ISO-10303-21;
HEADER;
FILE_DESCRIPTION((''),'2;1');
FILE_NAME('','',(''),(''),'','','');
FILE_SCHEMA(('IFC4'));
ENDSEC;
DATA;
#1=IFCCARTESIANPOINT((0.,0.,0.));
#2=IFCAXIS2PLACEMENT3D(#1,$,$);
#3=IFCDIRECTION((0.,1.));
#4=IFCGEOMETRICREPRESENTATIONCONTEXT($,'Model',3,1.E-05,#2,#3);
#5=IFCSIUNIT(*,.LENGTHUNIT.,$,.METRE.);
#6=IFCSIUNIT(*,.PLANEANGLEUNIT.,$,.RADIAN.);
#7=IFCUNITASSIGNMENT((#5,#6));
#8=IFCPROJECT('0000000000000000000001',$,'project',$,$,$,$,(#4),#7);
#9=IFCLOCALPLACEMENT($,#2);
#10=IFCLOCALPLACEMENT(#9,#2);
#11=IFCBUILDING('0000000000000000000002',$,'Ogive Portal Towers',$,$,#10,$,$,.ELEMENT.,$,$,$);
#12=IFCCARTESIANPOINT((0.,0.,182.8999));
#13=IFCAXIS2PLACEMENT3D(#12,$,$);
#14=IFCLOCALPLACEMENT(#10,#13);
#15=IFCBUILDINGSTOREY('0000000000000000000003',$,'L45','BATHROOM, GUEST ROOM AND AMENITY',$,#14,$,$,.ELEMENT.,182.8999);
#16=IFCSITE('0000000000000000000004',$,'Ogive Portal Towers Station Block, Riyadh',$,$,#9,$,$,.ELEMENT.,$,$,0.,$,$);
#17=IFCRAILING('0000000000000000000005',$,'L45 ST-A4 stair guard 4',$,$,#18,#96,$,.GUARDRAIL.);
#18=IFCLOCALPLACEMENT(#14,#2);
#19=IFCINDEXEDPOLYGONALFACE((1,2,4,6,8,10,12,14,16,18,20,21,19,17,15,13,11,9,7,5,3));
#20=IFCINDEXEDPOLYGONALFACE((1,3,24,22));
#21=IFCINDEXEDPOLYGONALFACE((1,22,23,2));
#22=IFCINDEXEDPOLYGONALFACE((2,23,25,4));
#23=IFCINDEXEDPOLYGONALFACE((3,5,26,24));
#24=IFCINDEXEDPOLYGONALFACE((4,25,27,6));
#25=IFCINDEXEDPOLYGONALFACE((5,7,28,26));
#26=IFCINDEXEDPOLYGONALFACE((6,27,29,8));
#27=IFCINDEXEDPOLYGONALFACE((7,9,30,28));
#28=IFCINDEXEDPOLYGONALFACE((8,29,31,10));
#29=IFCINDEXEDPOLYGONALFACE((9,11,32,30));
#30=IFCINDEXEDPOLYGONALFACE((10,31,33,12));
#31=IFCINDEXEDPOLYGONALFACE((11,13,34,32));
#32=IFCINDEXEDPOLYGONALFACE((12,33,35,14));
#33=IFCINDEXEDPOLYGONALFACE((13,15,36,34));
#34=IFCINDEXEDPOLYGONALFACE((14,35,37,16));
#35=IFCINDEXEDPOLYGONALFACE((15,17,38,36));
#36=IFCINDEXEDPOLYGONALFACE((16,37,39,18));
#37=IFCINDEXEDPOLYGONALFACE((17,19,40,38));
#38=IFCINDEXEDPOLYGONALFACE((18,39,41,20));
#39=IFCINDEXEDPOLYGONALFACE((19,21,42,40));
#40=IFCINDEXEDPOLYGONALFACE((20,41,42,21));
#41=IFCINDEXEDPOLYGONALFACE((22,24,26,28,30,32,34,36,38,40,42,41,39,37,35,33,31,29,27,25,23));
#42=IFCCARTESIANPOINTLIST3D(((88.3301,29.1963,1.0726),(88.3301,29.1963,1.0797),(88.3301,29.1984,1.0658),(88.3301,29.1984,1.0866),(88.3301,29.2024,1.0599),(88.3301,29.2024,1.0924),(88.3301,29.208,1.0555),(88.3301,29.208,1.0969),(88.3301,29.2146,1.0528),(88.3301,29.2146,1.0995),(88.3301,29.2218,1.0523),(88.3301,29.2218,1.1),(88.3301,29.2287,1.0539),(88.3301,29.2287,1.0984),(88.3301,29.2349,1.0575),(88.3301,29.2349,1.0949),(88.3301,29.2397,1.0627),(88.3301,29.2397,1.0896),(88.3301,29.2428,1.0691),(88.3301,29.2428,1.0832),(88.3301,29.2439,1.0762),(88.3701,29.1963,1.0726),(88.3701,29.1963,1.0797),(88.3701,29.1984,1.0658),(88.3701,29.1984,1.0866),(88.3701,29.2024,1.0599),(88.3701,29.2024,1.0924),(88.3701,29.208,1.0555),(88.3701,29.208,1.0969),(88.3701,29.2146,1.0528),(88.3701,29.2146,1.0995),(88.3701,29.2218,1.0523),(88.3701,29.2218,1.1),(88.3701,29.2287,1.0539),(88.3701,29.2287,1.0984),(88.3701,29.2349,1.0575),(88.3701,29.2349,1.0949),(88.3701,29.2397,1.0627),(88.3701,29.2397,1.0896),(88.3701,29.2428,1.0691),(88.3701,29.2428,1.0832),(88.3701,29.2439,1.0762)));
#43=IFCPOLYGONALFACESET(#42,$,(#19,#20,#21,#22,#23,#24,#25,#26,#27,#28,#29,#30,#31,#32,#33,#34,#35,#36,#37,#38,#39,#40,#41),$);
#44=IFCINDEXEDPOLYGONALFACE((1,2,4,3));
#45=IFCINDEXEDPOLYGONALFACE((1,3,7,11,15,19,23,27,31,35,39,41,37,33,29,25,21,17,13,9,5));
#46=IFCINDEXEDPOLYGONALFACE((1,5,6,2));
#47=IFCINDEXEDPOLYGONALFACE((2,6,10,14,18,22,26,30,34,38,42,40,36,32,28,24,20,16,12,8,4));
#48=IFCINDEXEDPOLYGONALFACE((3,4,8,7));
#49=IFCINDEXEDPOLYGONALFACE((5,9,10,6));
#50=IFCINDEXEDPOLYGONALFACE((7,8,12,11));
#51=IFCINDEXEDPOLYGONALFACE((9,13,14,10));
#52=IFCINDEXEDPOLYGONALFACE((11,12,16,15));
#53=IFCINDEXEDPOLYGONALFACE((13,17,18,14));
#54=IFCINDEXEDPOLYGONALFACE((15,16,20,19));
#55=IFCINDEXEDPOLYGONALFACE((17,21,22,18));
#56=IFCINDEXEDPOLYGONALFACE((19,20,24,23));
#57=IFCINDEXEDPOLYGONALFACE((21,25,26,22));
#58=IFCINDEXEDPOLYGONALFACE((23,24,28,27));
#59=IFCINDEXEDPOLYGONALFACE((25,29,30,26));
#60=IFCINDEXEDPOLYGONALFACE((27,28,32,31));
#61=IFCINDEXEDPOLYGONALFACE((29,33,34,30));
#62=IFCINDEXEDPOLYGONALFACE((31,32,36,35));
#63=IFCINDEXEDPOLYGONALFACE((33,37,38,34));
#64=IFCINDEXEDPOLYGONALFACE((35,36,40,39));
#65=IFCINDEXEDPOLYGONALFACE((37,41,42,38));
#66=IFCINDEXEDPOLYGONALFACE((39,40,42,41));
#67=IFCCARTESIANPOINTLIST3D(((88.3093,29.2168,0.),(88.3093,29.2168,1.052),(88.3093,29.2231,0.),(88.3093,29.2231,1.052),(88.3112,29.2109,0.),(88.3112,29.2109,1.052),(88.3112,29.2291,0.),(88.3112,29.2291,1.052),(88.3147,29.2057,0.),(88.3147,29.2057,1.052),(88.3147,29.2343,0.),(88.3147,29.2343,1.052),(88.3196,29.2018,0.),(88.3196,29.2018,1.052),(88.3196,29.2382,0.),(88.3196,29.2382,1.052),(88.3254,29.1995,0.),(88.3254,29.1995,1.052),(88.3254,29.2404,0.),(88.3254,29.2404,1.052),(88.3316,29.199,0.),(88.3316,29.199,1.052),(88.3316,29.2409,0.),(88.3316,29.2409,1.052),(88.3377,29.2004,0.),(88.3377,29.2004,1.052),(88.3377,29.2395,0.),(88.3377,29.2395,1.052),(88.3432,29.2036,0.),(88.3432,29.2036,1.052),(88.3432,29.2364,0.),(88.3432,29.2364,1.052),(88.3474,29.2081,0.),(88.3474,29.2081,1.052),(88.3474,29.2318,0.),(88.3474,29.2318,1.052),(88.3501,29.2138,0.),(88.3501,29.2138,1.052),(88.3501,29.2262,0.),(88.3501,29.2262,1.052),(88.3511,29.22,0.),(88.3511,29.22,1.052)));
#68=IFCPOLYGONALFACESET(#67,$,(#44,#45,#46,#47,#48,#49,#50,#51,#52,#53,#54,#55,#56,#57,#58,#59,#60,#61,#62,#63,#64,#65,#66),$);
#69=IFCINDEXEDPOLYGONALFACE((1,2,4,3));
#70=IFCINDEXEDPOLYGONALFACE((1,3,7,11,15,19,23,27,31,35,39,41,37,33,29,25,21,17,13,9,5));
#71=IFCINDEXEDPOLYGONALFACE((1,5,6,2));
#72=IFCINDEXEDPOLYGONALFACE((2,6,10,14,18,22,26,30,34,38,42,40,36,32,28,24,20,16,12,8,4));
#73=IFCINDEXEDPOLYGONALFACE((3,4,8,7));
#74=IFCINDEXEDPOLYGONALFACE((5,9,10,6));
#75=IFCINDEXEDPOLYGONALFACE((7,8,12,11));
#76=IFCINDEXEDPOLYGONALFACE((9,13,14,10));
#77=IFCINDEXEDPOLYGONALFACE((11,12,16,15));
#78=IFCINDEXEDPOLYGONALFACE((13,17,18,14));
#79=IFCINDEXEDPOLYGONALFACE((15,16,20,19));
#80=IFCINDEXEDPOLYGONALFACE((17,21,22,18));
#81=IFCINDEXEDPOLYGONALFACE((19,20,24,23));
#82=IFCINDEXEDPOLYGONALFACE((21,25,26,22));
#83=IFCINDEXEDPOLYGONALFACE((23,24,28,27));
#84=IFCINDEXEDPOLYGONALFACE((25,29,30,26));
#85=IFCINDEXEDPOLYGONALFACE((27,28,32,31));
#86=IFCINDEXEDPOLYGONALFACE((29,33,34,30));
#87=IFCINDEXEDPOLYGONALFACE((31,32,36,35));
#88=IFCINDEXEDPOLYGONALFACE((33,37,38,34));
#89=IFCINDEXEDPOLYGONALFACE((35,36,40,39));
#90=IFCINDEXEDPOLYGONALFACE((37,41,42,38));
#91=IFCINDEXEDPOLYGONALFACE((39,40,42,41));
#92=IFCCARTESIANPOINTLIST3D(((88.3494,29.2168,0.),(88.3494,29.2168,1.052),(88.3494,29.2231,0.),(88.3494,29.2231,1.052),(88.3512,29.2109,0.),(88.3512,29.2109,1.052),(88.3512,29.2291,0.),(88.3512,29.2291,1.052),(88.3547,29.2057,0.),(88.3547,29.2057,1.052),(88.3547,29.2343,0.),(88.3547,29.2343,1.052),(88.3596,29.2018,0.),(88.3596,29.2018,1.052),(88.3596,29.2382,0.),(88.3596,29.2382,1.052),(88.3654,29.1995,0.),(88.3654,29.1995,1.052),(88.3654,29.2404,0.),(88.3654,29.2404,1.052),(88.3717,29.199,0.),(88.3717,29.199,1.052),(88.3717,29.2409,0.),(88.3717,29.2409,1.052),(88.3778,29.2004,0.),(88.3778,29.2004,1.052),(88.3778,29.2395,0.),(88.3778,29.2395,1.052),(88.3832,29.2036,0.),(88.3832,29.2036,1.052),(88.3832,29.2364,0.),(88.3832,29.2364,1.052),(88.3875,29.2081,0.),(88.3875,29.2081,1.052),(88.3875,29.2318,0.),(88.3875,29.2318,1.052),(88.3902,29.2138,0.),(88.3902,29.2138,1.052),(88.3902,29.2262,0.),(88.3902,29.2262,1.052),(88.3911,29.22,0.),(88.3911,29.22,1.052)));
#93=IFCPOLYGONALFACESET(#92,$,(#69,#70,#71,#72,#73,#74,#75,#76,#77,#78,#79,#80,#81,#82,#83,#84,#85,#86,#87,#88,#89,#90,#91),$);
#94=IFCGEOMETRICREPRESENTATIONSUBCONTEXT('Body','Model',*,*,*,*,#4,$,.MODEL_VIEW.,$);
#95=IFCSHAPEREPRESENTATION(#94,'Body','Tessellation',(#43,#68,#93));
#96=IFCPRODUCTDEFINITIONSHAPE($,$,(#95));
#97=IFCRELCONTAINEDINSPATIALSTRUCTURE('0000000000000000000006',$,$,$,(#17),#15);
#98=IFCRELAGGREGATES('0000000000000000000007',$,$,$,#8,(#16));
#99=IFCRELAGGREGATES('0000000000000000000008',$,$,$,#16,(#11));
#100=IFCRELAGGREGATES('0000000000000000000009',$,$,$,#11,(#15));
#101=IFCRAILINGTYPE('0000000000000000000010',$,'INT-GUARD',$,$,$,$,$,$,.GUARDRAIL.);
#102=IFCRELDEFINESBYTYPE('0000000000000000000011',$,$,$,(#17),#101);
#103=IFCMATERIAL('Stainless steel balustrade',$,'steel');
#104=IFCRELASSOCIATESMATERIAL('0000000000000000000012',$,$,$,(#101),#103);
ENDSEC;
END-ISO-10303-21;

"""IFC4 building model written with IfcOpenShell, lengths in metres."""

from ifc_helpers import new_model, si_unit, direction, frame, origin, origin_2d, place, context, subcontext, project, spatial, circle, extrude, material, type_object, element, save


model = new_model("IFC4")

# Units and contexts
model_context = context("Model", 3, precision=1e-05, world=origin(), true_north=direction((0.0, 1.0)))
body_context = subcontext(model_context, "Body", "Model", "MODEL_VIEW")
ifc_project = project(units=[si_unit("LENGTHUNIT", "METRE"), si_unit("PLANEANGLEUNIT", "RADIAN")], contexts=[model_context])

# Site, building, storey
site_placement = place(None, origin())
site = spatial("IfcSite", under=ifc_project, at=site_placement, Name="Ogive Portal Towers Station Block, Riyadh", CompositionType="ELEMENT", RefElevation=0.0)
building_placement = place(site_placement, origin())
building = spatial("IfcBuilding", under=site, at=building_placement, Name="Ogive Portal Towers", CompositionType="ELEMENT")
storey_placement = place(building_placement, frame((0.0, 0.0, 182.8999)))
storey = spatial("IfcBuildingStorey", under=building, at=storey_placement, Name="L45", Description="BATHROOM, GUEST ROOM AND AMENITY", CompositionType="ELEMENT", Elevation=182.8999)

# Railing
ifc_material_1 = material(Name="Stainless steel balustrade", Category="steel")
railing_type_1 = type_object("IfcRailingType", Name="INT-GUARD", PredefinedType="GUARDRAIL", material=ifc_material_1)
railing_1_placement = place(storey_placement, frame((88.3301, 29.22, 0.0)))
element("IfcRailing", 1, at=railing_1_placement, inside=storey, type_object=railing_type_1, Name="L45 ST-A4 stair guard 4", PredefinedType="GUARDRAIL", context=body_context, shape_type="SweptSolid", body=[
    extrude(circle(Radius=0.0239, at=origin_2d()), frame((0.0, 0.0, 1.0762), z_axis=(1.0, 0.0, 0.0), x_axis=(0.0, 1.0, 0.0)), (0.0, 0.0, 1.0), 0.04),
    extrude(circle(Radius=0.021, at=origin_2d()), origin(), (0.0, 0.0, 1.0), 1.052),
    extrude(circle(Radius=0.021, at=origin_2d()), frame((0.04, 0.0, 0.0)), (0.0, 0.0, 1.0), 1.052),
])

save(model, "model.ifc")
